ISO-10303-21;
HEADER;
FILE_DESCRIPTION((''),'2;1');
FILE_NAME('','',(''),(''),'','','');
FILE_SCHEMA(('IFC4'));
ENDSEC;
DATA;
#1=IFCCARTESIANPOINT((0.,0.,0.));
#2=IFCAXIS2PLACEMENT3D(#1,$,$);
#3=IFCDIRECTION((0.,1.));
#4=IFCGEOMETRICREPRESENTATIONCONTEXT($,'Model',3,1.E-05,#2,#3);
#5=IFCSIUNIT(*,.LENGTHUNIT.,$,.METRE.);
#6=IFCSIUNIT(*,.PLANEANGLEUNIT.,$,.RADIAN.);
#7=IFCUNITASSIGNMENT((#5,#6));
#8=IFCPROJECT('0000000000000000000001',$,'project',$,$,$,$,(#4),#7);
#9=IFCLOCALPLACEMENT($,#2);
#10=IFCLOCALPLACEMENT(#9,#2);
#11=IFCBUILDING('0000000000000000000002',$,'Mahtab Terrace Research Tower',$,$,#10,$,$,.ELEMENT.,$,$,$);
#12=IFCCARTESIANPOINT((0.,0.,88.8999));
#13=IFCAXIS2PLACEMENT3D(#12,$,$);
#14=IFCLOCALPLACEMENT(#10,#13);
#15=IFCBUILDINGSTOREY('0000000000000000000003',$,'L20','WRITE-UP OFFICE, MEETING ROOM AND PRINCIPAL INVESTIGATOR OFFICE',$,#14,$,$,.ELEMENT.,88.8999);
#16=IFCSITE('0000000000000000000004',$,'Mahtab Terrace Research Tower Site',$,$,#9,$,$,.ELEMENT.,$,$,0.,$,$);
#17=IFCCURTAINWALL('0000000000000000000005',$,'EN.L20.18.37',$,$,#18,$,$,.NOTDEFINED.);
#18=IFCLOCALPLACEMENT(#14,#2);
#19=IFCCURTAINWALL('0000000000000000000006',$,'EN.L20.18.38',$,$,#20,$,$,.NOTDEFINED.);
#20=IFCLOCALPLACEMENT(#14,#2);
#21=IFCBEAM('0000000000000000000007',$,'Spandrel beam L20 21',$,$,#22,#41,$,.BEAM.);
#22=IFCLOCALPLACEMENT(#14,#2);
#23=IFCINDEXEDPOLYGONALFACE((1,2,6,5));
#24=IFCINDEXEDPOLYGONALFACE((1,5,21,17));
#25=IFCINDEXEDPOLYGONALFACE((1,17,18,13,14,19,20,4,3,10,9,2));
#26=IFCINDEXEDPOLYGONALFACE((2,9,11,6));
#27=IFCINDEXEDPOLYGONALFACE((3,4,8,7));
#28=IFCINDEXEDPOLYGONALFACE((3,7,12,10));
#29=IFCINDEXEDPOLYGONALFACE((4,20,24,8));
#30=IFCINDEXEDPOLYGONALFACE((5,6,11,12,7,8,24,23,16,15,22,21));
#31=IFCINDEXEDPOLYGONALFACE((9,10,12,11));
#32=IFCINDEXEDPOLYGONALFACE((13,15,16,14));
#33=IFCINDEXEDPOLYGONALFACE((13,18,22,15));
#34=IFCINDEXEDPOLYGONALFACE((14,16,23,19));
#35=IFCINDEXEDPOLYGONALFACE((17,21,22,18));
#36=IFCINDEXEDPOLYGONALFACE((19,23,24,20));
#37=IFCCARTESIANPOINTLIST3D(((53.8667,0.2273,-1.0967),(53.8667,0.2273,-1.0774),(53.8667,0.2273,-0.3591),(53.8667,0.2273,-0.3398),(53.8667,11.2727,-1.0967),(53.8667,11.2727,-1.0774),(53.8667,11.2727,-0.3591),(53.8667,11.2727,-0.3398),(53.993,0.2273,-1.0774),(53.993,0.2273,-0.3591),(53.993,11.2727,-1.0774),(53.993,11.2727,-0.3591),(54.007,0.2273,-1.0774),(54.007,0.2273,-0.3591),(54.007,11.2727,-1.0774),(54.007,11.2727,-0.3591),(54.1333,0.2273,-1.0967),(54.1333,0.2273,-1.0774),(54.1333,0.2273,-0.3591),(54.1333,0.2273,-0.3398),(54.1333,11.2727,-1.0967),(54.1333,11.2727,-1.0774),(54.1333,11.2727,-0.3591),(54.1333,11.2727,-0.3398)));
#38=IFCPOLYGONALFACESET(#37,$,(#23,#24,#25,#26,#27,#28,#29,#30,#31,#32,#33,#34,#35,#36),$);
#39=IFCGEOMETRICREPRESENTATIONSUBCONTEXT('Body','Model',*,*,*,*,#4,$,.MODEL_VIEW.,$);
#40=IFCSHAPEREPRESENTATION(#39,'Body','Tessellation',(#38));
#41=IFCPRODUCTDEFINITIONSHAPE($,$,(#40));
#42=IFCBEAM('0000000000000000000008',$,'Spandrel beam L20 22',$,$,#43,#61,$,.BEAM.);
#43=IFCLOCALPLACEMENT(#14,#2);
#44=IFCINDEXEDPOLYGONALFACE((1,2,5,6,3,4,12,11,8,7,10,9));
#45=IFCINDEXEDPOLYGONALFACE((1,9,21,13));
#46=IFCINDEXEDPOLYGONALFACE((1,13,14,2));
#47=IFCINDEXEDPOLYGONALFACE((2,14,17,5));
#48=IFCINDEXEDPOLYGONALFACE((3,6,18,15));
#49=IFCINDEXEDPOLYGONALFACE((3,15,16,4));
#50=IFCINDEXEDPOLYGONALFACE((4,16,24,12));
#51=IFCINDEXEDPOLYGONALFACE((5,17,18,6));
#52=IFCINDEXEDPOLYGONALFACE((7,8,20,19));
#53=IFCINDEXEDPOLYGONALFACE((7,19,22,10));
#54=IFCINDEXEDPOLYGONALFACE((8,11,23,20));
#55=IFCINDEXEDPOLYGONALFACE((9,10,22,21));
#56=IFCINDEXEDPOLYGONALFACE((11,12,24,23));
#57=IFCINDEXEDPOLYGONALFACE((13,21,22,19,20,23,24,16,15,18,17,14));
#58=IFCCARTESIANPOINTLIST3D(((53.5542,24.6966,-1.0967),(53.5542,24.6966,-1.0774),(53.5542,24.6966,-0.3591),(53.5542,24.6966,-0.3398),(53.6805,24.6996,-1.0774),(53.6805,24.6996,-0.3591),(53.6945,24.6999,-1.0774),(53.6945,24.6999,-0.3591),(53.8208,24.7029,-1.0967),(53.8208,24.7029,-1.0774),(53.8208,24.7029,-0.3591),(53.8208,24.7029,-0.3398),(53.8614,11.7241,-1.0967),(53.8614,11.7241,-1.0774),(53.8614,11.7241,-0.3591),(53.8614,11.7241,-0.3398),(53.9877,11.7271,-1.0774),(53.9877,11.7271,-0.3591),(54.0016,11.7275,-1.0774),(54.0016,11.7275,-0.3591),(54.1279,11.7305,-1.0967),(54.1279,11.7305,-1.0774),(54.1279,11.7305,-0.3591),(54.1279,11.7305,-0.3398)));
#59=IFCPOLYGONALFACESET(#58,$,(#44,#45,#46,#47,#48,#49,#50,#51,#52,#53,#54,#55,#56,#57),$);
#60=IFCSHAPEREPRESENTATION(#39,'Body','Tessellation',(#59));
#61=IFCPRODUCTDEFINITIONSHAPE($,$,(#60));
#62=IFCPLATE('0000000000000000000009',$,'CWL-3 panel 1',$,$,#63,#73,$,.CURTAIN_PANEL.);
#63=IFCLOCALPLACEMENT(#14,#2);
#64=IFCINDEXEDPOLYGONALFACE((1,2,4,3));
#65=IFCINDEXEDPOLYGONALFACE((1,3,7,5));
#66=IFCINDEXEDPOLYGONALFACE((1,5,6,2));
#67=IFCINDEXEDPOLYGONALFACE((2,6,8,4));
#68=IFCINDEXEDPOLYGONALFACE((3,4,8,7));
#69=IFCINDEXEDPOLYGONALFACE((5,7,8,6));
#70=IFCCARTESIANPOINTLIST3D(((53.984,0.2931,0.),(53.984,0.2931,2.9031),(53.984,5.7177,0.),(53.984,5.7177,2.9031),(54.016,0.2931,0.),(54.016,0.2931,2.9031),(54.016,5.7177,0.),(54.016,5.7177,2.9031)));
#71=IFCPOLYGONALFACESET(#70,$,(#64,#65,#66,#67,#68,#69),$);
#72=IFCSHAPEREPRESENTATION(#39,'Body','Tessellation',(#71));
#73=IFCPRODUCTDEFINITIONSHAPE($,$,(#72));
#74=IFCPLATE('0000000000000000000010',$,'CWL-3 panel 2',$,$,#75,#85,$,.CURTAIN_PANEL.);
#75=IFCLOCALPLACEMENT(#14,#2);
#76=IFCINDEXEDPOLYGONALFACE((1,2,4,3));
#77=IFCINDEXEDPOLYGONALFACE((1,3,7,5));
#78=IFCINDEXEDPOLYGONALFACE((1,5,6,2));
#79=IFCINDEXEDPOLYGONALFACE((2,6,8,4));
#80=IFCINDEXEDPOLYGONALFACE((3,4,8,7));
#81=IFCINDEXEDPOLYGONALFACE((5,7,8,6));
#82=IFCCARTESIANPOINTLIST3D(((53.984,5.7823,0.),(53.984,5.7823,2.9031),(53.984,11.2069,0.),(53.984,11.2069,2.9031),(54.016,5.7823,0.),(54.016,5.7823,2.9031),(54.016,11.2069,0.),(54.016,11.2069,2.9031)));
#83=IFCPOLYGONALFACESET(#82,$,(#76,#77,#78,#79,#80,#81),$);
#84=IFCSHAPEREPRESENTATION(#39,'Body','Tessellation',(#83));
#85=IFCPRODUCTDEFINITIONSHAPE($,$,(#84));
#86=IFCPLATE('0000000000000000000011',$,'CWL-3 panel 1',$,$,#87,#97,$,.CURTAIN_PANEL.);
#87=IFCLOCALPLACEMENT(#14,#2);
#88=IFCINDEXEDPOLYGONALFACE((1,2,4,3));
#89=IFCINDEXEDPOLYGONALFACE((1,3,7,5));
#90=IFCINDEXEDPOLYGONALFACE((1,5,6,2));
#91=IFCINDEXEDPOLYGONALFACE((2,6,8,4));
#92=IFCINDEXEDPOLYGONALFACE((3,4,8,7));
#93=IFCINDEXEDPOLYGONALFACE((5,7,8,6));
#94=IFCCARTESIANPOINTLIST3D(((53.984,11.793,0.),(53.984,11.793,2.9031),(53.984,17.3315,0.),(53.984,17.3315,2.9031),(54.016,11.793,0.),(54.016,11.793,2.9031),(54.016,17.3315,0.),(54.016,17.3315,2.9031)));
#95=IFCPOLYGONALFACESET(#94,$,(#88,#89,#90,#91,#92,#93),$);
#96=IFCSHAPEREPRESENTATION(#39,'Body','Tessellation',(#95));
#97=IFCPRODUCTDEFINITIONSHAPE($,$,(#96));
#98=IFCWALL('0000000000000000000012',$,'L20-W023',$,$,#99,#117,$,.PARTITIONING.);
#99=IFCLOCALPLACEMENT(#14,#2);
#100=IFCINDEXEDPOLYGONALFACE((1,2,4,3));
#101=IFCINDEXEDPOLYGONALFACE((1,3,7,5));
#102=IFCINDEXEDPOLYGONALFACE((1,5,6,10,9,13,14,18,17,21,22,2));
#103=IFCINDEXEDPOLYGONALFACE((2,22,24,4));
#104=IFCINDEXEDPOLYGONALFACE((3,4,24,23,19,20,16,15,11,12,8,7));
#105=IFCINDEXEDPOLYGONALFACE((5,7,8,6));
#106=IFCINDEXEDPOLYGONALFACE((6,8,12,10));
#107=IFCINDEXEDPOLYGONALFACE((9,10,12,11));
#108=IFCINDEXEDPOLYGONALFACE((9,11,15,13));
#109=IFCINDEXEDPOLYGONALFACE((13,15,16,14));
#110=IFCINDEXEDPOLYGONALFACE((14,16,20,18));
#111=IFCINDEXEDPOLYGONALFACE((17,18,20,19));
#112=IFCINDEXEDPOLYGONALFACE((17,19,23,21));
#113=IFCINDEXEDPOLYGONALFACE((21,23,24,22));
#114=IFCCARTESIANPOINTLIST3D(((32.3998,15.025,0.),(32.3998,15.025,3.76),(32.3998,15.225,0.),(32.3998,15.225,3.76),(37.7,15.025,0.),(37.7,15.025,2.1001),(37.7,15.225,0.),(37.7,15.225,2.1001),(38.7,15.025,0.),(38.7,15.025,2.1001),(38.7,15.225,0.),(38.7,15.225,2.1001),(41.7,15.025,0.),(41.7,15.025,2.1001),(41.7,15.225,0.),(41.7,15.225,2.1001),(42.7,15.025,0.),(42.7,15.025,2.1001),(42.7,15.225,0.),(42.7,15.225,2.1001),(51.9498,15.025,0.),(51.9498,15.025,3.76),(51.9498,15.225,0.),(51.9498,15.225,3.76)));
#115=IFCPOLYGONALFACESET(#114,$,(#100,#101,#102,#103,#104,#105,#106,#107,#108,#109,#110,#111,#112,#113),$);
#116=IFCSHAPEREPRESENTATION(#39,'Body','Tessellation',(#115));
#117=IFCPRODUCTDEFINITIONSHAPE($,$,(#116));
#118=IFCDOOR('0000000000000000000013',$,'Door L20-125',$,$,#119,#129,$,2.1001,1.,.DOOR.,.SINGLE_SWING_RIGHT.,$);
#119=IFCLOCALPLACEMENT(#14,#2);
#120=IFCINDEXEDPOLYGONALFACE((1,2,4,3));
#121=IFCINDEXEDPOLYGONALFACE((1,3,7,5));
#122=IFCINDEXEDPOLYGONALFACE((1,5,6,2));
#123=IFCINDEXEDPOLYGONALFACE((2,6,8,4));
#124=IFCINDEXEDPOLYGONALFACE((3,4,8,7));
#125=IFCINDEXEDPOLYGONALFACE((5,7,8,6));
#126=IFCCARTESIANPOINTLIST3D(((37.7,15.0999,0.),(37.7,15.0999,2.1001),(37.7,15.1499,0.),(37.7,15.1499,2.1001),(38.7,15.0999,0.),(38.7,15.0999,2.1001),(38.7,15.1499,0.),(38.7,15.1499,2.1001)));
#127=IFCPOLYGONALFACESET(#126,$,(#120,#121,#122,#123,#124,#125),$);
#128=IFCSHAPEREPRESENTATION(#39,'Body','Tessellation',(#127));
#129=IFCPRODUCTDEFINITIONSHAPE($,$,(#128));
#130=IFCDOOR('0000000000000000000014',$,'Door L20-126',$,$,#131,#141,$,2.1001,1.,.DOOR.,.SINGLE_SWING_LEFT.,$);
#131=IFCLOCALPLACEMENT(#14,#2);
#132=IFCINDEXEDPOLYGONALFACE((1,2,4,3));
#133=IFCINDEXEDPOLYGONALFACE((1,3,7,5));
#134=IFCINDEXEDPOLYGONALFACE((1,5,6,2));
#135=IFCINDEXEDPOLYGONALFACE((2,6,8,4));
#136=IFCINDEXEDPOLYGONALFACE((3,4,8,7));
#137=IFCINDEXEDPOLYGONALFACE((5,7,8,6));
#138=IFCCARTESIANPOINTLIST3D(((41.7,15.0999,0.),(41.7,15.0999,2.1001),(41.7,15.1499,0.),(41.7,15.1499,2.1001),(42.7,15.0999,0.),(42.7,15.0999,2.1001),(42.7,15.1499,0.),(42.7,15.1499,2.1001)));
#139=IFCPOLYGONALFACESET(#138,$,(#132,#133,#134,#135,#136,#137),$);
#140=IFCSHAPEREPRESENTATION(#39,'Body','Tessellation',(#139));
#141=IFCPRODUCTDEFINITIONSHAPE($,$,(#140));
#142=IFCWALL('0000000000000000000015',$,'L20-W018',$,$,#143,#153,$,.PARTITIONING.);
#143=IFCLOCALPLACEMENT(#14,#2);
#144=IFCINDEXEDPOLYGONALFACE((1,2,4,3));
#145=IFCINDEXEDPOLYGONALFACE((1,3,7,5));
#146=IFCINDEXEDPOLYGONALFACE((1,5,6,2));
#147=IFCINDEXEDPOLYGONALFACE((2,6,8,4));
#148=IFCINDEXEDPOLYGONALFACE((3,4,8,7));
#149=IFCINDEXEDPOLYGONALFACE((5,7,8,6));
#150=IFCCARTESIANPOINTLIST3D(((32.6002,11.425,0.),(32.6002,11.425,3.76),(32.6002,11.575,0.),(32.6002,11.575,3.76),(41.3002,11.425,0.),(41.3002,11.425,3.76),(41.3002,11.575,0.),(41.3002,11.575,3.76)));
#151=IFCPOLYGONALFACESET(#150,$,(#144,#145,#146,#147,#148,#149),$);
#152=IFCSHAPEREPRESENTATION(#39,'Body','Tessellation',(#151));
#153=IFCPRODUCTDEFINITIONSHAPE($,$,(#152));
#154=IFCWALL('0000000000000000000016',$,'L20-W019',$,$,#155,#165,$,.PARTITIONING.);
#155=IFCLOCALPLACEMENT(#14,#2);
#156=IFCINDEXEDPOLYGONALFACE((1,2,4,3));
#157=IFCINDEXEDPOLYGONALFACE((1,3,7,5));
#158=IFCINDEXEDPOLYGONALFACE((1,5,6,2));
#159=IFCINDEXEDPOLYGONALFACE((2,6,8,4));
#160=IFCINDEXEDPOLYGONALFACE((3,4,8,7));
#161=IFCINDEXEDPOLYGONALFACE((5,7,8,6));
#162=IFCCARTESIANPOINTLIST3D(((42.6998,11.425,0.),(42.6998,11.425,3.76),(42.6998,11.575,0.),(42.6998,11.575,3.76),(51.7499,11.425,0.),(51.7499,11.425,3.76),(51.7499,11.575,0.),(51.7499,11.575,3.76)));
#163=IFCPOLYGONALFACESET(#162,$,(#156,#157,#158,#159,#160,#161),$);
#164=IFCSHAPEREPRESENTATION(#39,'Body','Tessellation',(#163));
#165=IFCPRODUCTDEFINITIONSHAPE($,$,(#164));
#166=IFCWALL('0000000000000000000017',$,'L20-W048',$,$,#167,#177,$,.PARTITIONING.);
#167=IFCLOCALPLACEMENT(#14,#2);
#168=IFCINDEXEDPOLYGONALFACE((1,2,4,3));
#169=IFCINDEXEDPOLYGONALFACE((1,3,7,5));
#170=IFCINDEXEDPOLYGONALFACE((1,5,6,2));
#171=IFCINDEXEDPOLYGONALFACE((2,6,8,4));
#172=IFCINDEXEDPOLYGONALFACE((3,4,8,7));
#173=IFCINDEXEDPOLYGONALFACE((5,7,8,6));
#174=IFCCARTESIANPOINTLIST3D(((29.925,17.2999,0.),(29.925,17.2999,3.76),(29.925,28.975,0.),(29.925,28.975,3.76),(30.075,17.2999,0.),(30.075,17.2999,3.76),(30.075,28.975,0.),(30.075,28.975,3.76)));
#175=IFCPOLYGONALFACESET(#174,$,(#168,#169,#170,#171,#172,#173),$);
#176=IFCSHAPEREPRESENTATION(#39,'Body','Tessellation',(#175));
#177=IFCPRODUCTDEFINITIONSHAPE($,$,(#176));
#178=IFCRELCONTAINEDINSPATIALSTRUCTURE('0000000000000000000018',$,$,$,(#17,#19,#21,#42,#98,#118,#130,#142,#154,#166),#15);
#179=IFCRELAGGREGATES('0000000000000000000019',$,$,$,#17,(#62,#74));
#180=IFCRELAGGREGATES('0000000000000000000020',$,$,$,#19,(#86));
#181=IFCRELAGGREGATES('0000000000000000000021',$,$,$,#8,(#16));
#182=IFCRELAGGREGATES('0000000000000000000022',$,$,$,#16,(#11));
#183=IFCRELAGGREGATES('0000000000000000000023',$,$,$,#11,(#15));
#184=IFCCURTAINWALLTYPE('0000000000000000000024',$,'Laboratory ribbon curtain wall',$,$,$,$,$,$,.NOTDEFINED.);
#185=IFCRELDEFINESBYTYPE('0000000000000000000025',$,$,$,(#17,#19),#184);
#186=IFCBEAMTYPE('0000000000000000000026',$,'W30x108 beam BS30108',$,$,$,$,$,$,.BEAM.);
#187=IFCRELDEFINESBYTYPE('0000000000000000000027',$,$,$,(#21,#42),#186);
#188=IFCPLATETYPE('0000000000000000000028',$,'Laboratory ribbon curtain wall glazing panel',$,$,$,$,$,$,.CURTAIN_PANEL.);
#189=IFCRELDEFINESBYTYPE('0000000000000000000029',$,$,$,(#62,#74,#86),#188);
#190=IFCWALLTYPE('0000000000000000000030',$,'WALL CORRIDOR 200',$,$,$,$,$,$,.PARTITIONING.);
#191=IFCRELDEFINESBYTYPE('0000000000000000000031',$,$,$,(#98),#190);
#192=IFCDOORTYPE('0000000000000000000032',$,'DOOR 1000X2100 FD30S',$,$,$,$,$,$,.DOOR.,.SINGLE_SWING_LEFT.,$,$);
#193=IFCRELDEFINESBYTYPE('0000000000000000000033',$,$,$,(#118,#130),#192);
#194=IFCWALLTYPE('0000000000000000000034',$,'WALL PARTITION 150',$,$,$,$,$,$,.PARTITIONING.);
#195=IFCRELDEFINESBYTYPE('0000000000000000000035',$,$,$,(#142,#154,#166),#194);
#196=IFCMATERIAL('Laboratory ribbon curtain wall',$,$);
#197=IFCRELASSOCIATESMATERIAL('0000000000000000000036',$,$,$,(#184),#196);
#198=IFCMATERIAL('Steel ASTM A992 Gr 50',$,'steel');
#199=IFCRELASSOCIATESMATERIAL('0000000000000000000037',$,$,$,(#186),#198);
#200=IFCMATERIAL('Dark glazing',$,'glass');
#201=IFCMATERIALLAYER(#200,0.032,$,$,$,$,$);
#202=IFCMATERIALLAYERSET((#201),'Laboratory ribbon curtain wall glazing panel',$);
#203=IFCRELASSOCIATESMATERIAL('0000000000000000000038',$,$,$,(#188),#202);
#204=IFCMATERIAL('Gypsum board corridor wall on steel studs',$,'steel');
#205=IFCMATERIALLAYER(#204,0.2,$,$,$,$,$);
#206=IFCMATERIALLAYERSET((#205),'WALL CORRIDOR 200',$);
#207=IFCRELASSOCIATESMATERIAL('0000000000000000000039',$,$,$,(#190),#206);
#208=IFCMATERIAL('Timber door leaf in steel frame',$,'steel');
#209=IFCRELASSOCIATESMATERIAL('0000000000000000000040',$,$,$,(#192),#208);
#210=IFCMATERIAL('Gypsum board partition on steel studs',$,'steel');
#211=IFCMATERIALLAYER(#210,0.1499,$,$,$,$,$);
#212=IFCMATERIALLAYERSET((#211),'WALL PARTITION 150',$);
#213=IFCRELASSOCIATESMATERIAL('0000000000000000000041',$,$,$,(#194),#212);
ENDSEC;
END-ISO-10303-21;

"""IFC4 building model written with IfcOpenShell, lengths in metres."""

from ifc_helpers import new_model, si_unit, direction, frame, frame_2d, origin, origin_2d, place, context, subcontext, project, spatial, rectangle, i_section, extrude, material, layer, layer_set, material_profile, profile_set, type_object, element, fill, aggregate, save


model = new_model("IFC4")

# Units and contexts
model_context = context("Model", 3, precision=1e-05, world=origin(), true_north=direction((0.0, 1.0)))
body_context = subcontext(model_context, "Body", "Model", "MODEL_VIEW")
ifc_project = project(units=[si_unit("LENGTHUNIT", "METRE"), si_unit("PLANEANGLEUNIT", "RADIAN")], contexts=[model_context])

# Site, building, storey
site_placement = place(None, origin())
site = spatial("IfcSite", under=ifc_project, at=site_placement, Name="Mahtab Terrace Research Tower Site", CompositionType="ELEMENT", RefElevation=0.0)
building_placement = place(site_placement, origin())
building = spatial("IfcBuilding", under=site, at=building_placement, Name="Mahtab Terrace Research Tower", CompositionType="ELEMENT")
storey_placement = place(building_placement, frame((0.0, 0.0, 88.8999)))
storey = spatial("IfcBuildingStorey", under=building, at=storey_placement, Name="L20", Description="WRITE-UP OFFICE, MEETING ROOM AND PRINCIPAL INVESTIGATOR OFFICE", CompositionType="ELEMENT", Elevation=88.8999)

# Shared definitions
ifc_material_1 = material(Name="Steel ASTM A992 Gr 50", Category="steel")

# Curtain walls
ifc_material_2 = material(Name="Laboratory ribbon curtain wall")
curtain_wall_type = type_object("IfcCurtainWallType", Name="Laboratory ribbon curtain wall", PredefinedType="NOTDEFINED", material=ifc_material_2)
curtain_wall_1_placement = place(storey_placement, origin())
curtain_wall_1 = element("IfcCurtainWall", 1, at=curtain_wall_1_placement, inside=storey, type_object=curtain_wall_type, Name="EN.L20.18.37", PredefinedType="NOTDEFINED")
curtain_wall_2_placement = place(storey_placement, origin())
curtain_wall_2 = element("IfcCurtainWall", 2, at=curtain_wall_2_placement, inside=storey, type_object=curtain_wall_type, Name="EN.L20.18.38", PredefinedType="NOTDEFINED")

# Beams
ifc_material_profile_1 = material_profile(ifc_material_1, i_section(OverallWidth=0.2666, OverallDepth=0.7568, WebThickness=0.0139, FlangeThickness=0.0193, at=origin_2d()), Name="W30X108")
ifc_profile_set_1 = profile_set([ifc_material_profile_1], Name="Steel ASTM A992 Gr 50")
beam_type = type_object("IfcBeamType", Name="W30x108 beam BS30108", PredefinedType="BEAM", material=ifc_profile_set_1)
beam_1_placement = place(storey_placement, frame((54.0, 0.2273, -0.7183), z_axis=(0.0, 1.0, 0.0), x_axis=(-1.0, 0.0, 0.0)))
element("IfcBeam", 3, at=beam_1_placement, inside=storey, type_object=beam_type, Name="Spandrel beam L20 21", PredefinedType="BEAM", context=body_context, shape_type="SweptSolid", body=[
    extrude(i_section(OverallWidth=0.2666, OverallDepth=0.7568, WebThickness=0.0139, FlangeThickness=0.0193, at=origin_2d()), origin(), (0.0, 0.0, 1.0), 11.0454),
])
beam_2_placement = place(storey_placement, frame((53.9946, 11.7273, -0.7183), z_axis=(-0.023669, 0.99972, 0.0), x_axis=(-0.99972, -0.023669, 0.0)))
element("IfcBeam", 4, at=beam_2_placement, inside=storey, type_object=beam_type, Name="Spandrel beam L20 22", PredefinedType="BEAM", context=body_context, shape_type="SweptSolid", body=[
    extrude(i_section(OverallWidth=0.2666, OverallDepth=0.7568, WebThickness=0.0139, FlangeThickness=0.0193, at=origin_2d()), origin(), (0.0, 0.0, 1.0), 12.9761),
])

# Plates
ifc_material_3 = material(Name="Dark glazing", Category="glass")
ifc_layer_1 = layer(ifc_material_3, 0.032)
ifc_layer_set_1 = layer_set([ifc_layer_1], Name="Laboratory ribbon curtain wall glazing panel")
plate_type = type_object("IfcPlateType", Name="Laboratory ribbon curtain wall glazing panel", PredefinedType="CURTAIN_PANEL", material=ifc_layer_set_1)
plate_1_placement = place(storey_placement, frame((54.0, 3.0054, 0.0), z_axis=(0.0, 0.0, 1.0), x_axis=(0.0, 1.0, 0.0)))
plate_1 = element("IfcPlate", 5, at=plate_1_placement, type_object=plate_type, Name="CWL-3 panel 1", PredefinedType="CURTAIN_PANEL", context=body_context, shape_type="SweptSolid", body=[
    extrude(rectangle(XDim=5.4246, YDim=0.032, at=origin_2d()), origin(), (0.0, 0.0, 1.0), 2.9031),
])
plate_2_placement = place(storey_placement, frame((54.0, 8.4946, 0.0), z_axis=(0.0, 0.0, 1.0), x_axis=(0.0, 1.0, 0.0)))
plate_2 = element("IfcPlate", 6, at=plate_2_placement, type_object=plate_type, Name="CWL-3 panel 2", PredefinedType="CURTAIN_PANEL", context=body_context, shape_type="SweptSolid", body=[
    extrude(rectangle(XDim=5.4246, YDim=0.032, at=origin_2d()), origin(), (0.0, 0.0, 1.0), 2.9031),
])
aggregate(curtain_wall_1, [plate_1, plate_2])
plate_3_placement = place(storey_placement, frame((54.0, 14.5623, 0.0), z_axis=(0.0, 0.0, 1.0), x_axis=(0.0, 1.0, 0.0)))
plate_3 = element("IfcPlate", 7, at=plate_3_placement, type_object=plate_type, Name="CWL-3 panel 1", PredefinedType="CURTAIN_PANEL", context=body_context, shape_type="SweptSolid", body=[
    extrude(rectangle(XDim=5.5386, YDim=0.032, at=origin_2d()), origin(), (0.0, 0.0, 1.0), 2.9031),
])
aggregate(curtain_wall_2, [plate_3])

# Wall, openings, doors
ifc_material_4 = material(Name="Gypsum board corridor wall on steel studs", Category="steel")
ifc_layer_2 = layer(ifc_material_4, 0.2)
ifc_layer_set_2 = layer_set([ifc_layer_2], Name="WALL CORRIDOR 200")
wall_type_1 = type_object("IfcWallType", Name="WALL CORRIDOR 200", PredefinedType="PARTITIONING", material=ifc_layer_set_2)
wall_1_placement = place(storey_placement, frame((32.3999, 15.125, 0.0), z_axis=(0.0, 0.0, 1.0), x_axis=(1.0, 0.0, 0.0)))
wall_1 = element("IfcWall", 8, at=wall_1_placement, inside=storey, type_object=wall_type_1, Name="L20-W023", PredefinedType="PARTITIONING", context=body_context, shape_type="SweptSolid", body=[
    extrude(rectangle(XDim=19.55, YDim=0.2, at=frame_2d((9.7749, 0.0))), origin(), (0.0, 0.0, 1.0), 3.76),
])
opening_1_placement = place(wall_1_placement, frame((5.3, 0.0, 0.0)))
opening_1 = element("IfcOpeningElement", 9, at=opening_1_placement, cuts=wall_1, PredefinedType="OPENING", context=body_context, shape_type="SweptSolid", body=[
    extrude(rectangle(XDim=1.0, YDim=2.1001, at=frame_2d((0.5, 1.05))), frame((0.0, 0.1099, 0.0), z_axis=(0.0, -1.0, 0.0), x_axis=(1.0, 0.0, 0.0)), (0.0, 0.0, 1.0), 0.22),
])
opening_2_placement = place(wall_1_placement, frame((9.3, 0.0, 0.0)))
opening_2 = element("IfcOpeningElement", 10, at=opening_2_placement, cuts=wall_1, PredefinedType="OPENING", context=body_context, shape_type="SweptSolid", body=[
    extrude(rectangle(XDim=1.0, YDim=2.1001, at=frame_2d((0.5, 1.05))), frame((0.0, 0.1099, 0.0), z_axis=(0.0, -1.0, 0.0), x_axis=(1.0, 0.0, 0.0)), (0.0, 0.0, 1.0), 0.22),
])
ifc_material_5 = material(Name="Timber door leaf in steel frame", Category="steel")
door_type = type_object("IfcDoorType", Name="DOOR 1000X2100 FD30S", OperationType="SINGLE_SWING_LEFT", PredefinedType="DOOR", material=ifc_material_5)
door_1_placement = place(opening_1_placement, origin())
door_1 = element("IfcDoor", 11, at=door_1_placement, inside=storey, type_object=door_type, Name="Door L20-125", OperationType="SINGLE_SWING_RIGHT", OverallHeight=2.1001, OverallWidth=1.0, PredefinedType="DOOR", context=body_context, shape_type="SweptSolid", body=[
    extrude(rectangle(XDim=1.0, YDim=2.1001, at=frame_2d((0.5, 1.05))), frame((0.0, 0.0249, 0.0), z_axis=(0.0, -1.0, 0.0), x_axis=(1.0, 0.0, 0.0)), (0.0, 0.0, 1.0), 0.05),
])
fill(opening_1, door_1)
door_2_placement = place(opening_2_placement, origin())
door_2 = element("IfcDoor", 12, at=door_2_placement, inside=storey, type_object=door_type, Name="Door L20-126", OperationType="SINGLE_SWING_LEFT", OverallHeight=2.1001, OverallWidth=1.0, PredefinedType="DOOR", context=body_context, shape_type="SweptSolid", body=[
    extrude(rectangle(XDim=1.0, YDim=2.1001, at=frame_2d((0.5, 1.05))), frame((0.0, 0.0249, 0.0), z_axis=(0.0, -1.0, 0.0), x_axis=(1.0, 0.0, 0.0)), (0.0, 0.0, 1.0), 0.05),
])
fill(opening_2, door_2)

# Walls
ifc_material_6 = material(Name="Gypsum board partition on steel studs", Category="steel")
ifc_layer_3 = layer(ifc_material_6, 0.1499)
ifc_layer_set_3 = layer_set([ifc_layer_3], Name="WALL PARTITION 150")
wall_type_2 = type_object("IfcWallType", Name="WALL PARTITION 150", PredefinedType="PARTITIONING", material=ifc_layer_set_3)
wall_2_placement = place(storey_placement, frame((32.6001, 11.5, 0.0), z_axis=(0.0, 0.0, 1.0), x_axis=(1.0, 0.0, 0.0)))
element("IfcWall", 13, at=wall_2_placement, inside=storey, type_object=wall_type_2, Name="L20-W018", PredefinedType="PARTITIONING", context=body_context, shape_type="SweptSolid", body=[
    extrude(rectangle(XDim=8.7, YDim=0.1499, at=frame_2d((4.3501, 0.0))), origin(), (0.0, 0.0, 1.0), 3.76),
])
wall_3_placement = place(storey_placement, frame((42.7, 11.5, 0.0), z_axis=(0.0, 0.0, 1.0), x_axis=(1.0, 0.0, 0.0)))
element("IfcWall", 14, at=wall_3_placement, inside=storey, type_object=wall_type_2, Name="L20-W019", PredefinedType="PARTITIONING", context=body_context, shape_type="SweptSolid", body=[
    extrude(rectangle(XDim=9.05, YDim=0.1499, at=frame_2d((4.5249, 0.0))), origin(), (0.0, 0.0, 1.0), 3.76),
])
wall_4_placement = place(storey_placement, frame((30.0, 17.3, 0.0), z_axis=(0.0, 0.0, 1.0), x_axis=(0.0, 1.0, 0.0)))
element("IfcWall", 15, at=wall_4_placement, inside=storey, type_object=wall_type_2, Name="L20-W048", PredefinedType="PARTITIONING", context=body_context, shape_type="SweptSolid", body=[
    extrude(rectangle(XDim=11.675, YDim=0.1499, at=frame_2d((5.8374, 0.0))), origin(), (0.0, 0.0, 1.0), 3.76),
])

save(model, "model.ifc")
